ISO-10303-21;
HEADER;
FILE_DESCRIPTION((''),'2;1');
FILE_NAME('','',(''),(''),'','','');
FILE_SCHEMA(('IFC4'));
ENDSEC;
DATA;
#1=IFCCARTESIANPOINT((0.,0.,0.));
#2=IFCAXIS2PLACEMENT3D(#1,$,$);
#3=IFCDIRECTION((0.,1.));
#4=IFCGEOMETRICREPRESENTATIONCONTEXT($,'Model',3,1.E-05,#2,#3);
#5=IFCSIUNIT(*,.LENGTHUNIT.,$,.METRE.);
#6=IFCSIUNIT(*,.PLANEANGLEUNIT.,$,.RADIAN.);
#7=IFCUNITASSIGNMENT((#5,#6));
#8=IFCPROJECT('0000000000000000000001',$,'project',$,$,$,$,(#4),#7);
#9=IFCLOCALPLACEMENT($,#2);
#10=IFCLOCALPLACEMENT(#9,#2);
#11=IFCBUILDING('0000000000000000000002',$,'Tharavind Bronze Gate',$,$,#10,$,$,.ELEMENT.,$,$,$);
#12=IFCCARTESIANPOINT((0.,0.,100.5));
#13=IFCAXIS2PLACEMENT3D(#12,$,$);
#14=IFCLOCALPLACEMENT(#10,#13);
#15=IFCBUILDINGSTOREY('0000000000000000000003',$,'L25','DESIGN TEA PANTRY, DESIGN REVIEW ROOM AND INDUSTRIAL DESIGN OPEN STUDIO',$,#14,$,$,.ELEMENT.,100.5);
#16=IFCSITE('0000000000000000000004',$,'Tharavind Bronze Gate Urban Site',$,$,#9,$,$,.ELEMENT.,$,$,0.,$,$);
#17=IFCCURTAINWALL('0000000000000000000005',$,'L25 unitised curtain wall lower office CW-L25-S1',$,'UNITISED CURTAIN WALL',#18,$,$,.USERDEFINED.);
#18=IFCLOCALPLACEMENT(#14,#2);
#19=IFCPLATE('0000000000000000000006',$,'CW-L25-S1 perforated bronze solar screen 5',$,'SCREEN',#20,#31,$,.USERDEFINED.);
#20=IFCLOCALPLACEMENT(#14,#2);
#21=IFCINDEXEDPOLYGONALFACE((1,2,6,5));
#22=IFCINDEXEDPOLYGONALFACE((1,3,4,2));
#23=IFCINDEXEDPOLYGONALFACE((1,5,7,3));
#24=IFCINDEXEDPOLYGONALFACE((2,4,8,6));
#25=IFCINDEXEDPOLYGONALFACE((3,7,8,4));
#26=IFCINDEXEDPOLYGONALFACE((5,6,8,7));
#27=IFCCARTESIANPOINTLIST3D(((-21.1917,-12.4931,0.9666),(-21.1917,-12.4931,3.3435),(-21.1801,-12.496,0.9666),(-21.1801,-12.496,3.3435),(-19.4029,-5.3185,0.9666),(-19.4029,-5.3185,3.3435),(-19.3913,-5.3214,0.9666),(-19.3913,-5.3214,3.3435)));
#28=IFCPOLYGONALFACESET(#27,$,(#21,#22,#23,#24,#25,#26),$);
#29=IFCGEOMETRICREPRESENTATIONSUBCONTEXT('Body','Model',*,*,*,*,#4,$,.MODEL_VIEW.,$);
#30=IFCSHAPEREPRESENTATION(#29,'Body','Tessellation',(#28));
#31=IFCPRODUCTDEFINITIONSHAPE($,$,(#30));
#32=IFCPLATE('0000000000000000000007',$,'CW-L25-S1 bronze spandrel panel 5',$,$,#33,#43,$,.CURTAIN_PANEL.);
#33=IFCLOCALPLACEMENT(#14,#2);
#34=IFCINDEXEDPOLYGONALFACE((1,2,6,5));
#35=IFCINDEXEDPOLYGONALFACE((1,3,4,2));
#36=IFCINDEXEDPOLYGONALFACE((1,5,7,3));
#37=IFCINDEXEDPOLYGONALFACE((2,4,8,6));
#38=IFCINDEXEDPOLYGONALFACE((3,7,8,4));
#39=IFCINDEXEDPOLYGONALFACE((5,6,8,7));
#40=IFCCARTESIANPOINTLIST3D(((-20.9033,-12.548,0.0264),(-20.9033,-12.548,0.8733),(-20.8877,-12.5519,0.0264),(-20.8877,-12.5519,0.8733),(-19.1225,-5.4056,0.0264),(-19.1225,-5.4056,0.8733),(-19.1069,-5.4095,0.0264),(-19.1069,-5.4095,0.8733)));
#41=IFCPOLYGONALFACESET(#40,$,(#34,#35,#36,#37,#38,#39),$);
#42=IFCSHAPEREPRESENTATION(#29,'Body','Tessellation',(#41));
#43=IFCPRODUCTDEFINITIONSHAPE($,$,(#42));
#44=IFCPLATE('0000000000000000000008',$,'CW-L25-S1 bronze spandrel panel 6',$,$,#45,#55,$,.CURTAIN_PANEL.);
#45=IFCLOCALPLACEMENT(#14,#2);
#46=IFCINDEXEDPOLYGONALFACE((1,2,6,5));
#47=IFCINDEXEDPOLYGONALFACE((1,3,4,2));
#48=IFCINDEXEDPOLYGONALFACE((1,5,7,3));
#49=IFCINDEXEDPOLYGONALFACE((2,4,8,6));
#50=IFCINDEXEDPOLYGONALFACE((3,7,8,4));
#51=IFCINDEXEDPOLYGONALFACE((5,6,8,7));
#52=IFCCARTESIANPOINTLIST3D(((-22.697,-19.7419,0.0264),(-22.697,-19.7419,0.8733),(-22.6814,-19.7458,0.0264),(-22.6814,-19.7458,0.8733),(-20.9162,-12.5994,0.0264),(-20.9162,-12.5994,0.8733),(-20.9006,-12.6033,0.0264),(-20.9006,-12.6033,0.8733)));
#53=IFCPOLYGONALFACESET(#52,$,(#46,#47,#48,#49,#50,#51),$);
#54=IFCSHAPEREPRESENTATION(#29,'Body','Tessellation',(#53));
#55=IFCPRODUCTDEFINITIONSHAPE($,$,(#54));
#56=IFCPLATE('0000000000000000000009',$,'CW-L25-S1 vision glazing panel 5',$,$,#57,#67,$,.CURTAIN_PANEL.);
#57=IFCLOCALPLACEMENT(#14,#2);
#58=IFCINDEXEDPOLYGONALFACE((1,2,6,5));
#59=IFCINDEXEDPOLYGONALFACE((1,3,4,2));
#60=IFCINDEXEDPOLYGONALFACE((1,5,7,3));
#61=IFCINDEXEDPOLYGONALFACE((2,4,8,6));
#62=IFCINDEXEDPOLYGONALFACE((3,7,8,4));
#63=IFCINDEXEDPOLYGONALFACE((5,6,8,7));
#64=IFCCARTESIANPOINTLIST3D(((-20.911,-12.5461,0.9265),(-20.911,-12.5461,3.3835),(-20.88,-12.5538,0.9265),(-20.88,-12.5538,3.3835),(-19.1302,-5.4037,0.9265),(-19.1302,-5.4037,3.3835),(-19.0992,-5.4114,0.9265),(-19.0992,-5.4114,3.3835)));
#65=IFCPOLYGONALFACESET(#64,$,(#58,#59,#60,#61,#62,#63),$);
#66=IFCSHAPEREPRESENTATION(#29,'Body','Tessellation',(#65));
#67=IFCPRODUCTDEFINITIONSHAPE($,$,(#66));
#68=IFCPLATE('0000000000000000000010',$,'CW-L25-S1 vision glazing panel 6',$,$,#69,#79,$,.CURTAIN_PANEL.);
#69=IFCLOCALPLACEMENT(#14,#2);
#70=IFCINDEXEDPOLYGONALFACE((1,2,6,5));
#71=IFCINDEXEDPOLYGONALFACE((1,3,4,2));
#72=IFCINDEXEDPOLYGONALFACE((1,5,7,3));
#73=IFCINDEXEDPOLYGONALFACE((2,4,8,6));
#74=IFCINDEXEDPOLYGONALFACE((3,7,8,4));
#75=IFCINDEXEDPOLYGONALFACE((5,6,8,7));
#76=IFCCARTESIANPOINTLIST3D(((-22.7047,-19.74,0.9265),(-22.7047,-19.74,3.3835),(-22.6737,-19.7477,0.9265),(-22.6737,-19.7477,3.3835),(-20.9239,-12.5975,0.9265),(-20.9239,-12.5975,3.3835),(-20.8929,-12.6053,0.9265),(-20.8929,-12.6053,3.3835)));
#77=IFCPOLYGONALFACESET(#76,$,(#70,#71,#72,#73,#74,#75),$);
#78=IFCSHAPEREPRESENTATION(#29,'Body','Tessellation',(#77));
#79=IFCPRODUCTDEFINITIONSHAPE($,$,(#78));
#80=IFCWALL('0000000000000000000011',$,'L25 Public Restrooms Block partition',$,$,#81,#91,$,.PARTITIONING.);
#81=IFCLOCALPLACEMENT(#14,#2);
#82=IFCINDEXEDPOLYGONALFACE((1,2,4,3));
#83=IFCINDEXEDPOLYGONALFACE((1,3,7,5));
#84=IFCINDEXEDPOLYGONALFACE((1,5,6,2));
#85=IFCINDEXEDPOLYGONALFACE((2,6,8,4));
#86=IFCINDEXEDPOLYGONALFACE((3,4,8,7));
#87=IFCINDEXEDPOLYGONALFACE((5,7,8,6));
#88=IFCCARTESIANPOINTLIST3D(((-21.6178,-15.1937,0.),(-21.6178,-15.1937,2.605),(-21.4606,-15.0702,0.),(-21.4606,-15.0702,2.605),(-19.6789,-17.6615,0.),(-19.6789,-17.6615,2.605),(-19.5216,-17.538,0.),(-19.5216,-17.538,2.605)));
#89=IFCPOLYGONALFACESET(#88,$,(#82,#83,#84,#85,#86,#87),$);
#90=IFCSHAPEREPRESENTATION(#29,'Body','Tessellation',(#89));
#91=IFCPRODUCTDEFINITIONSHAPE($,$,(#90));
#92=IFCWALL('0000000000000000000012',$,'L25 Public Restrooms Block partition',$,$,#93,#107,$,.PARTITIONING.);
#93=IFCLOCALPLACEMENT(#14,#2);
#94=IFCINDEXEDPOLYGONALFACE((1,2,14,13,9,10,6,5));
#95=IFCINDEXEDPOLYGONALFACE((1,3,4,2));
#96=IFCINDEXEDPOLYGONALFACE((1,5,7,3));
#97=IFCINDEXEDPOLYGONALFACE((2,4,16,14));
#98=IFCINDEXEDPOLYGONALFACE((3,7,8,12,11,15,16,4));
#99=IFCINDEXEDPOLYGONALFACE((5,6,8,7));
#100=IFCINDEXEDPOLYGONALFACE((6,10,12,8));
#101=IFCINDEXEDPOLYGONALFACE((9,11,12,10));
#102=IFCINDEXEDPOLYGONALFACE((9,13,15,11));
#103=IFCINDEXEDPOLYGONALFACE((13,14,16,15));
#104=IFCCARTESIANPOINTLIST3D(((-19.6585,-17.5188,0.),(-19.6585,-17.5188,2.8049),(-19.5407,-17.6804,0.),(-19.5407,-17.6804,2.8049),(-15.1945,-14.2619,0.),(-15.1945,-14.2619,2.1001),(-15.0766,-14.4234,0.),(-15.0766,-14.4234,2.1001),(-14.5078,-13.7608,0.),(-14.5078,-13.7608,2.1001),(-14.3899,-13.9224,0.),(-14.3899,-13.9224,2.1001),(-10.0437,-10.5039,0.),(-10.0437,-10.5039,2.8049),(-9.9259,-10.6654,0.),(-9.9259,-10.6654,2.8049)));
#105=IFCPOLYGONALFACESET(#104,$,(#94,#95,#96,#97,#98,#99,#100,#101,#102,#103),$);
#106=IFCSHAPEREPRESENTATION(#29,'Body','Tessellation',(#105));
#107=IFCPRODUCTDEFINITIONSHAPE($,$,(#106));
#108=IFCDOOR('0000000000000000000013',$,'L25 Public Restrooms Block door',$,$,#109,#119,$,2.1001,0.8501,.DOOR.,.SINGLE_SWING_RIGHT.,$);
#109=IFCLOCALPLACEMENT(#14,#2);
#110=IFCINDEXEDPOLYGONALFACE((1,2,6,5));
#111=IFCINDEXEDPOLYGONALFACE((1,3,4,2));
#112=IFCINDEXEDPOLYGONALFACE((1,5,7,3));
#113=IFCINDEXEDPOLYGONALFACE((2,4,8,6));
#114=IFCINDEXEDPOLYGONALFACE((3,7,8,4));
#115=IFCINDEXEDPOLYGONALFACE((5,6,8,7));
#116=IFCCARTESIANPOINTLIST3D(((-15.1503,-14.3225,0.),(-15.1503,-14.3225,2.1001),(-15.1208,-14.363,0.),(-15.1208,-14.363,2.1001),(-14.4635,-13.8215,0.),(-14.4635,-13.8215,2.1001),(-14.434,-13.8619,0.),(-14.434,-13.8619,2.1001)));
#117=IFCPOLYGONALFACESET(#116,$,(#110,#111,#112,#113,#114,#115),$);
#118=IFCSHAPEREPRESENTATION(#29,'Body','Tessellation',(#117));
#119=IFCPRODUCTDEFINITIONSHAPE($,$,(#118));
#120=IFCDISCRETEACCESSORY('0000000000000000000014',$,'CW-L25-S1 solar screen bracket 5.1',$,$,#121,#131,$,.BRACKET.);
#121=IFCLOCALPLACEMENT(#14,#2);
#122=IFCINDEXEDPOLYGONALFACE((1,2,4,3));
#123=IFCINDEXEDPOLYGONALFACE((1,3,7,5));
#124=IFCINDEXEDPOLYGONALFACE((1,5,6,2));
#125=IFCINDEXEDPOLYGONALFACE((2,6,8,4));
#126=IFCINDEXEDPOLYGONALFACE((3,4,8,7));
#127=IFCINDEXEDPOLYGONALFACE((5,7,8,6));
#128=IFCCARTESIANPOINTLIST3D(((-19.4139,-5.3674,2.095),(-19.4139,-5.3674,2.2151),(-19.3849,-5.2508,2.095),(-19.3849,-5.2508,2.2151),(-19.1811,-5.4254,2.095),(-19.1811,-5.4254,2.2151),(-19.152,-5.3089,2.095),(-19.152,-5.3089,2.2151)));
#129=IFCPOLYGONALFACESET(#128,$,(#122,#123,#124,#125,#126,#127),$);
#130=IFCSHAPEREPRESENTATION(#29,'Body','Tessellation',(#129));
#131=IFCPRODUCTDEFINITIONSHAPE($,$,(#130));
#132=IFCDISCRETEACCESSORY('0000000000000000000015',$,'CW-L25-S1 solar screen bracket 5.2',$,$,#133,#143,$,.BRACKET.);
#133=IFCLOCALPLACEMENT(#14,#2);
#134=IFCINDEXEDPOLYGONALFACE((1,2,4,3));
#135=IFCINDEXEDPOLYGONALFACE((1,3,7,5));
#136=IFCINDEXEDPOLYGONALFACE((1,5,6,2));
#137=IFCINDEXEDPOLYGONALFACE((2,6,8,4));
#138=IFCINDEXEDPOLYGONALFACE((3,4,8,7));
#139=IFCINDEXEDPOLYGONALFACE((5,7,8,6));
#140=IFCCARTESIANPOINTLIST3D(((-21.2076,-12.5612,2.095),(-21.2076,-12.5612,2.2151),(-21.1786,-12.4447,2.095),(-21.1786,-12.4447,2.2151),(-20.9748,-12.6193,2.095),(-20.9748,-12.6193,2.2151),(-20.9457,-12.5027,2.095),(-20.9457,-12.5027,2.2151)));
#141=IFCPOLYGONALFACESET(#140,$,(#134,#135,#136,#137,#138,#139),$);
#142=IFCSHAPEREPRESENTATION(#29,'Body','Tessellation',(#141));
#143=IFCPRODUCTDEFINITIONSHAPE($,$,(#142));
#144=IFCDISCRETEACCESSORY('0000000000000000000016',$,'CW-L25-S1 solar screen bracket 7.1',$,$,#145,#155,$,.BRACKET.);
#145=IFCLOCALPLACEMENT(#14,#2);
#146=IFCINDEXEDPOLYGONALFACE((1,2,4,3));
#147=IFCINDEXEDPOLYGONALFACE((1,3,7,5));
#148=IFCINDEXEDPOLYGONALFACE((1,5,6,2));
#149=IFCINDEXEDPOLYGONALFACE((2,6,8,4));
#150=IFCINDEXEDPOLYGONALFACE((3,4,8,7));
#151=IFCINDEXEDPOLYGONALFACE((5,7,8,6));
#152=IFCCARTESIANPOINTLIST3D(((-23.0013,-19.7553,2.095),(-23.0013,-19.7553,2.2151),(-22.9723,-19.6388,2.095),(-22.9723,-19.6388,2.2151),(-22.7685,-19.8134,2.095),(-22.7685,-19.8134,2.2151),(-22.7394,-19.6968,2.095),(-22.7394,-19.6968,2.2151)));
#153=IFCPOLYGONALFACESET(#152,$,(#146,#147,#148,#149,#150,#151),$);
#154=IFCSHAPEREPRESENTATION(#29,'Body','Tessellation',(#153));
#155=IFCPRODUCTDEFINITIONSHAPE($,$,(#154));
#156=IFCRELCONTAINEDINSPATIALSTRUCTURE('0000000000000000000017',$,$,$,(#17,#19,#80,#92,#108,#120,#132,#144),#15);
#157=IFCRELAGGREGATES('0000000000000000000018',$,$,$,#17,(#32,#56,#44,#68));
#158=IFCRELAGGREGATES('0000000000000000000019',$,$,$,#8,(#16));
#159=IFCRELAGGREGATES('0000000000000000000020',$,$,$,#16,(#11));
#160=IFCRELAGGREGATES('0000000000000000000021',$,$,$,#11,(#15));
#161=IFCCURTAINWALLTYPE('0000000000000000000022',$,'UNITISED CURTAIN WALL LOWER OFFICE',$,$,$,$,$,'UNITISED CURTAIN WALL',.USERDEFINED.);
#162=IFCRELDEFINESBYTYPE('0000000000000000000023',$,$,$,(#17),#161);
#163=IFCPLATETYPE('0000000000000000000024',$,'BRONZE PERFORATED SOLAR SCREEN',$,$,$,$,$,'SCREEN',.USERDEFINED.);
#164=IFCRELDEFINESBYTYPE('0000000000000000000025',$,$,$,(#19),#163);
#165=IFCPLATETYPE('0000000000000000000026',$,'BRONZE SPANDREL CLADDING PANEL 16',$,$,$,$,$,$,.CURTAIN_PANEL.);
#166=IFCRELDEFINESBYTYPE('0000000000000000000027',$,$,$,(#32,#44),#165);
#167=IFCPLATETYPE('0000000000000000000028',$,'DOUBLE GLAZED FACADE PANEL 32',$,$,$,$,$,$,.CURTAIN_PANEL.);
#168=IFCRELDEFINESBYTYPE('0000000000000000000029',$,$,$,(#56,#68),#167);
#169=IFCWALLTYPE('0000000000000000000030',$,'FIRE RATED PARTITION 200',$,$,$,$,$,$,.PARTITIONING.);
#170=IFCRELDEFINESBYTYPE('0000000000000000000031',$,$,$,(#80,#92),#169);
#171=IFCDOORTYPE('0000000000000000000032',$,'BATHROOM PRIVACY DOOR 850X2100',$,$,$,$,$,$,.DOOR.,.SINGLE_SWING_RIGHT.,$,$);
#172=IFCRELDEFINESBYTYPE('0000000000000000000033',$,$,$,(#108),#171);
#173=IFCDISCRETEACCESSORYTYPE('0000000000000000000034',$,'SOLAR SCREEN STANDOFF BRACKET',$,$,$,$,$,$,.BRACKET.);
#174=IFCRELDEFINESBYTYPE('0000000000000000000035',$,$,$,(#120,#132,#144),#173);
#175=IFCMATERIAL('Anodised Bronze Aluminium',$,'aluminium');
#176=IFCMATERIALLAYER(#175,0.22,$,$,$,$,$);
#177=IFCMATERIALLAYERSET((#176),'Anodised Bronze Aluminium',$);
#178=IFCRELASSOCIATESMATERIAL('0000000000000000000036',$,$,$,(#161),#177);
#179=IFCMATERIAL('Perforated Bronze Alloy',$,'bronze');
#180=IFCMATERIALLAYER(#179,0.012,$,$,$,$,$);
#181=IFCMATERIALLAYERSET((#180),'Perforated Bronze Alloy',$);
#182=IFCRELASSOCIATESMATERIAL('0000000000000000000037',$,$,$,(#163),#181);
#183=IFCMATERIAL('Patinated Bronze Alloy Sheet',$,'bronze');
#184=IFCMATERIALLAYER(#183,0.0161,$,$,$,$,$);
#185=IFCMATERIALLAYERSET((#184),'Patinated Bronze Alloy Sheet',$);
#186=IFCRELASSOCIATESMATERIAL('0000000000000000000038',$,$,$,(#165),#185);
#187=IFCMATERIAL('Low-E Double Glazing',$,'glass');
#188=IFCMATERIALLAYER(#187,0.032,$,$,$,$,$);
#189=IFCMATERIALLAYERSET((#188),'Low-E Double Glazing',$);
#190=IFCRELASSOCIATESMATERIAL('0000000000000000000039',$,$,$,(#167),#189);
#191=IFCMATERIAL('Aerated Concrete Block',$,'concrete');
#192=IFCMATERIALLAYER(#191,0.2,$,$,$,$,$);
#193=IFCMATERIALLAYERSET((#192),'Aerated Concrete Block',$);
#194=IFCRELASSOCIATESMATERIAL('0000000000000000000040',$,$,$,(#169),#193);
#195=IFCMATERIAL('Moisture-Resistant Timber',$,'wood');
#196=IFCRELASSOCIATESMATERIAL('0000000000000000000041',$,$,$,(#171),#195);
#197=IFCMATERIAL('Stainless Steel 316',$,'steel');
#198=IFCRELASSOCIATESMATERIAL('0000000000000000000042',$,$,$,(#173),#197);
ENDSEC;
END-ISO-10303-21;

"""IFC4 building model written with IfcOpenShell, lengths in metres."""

from ifc_helpers import new_model, si_unit, direction, frame, frame_2d, origin, origin_2d, place, context, subcontext, project, spatial, rectangle, extrude, material, layer, layer_set, type_object, element, fill, aggregate, save


model = new_model("IFC4")

# Units and contexts
model_context = context("Model", 3, precision=1e-05, world=origin(), true_north=direction((0.0, 1.0)))
body_context = subcontext(model_context, "Body", "Model", "MODEL_VIEW")
ifc_project = project(units=[si_unit("LENGTHUNIT", "METRE"), si_unit("PLANEANGLEUNIT", "RADIAN")], contexts=[model_context])

# Site, building, storey
site_placement = place(None, origin())
site = spatial("IfcSite", under=ifc_project, at=site_placement, Name="Tharavind Bronze Gate Urban Site", CompositionType="ELEMENT", RefElevation=0.0)
building_placement = place(site_placement, origin())
building = spatial("IfcBuilding", under=site, at=building_placement, Name="Tharavind Bronze Gate", CompositionType="ELEMENT")
storey_placement = place(building_placement, frame((0.0, 0.0, 100.5)))
storey = spatial("IfcBuildingStorey", under=building, at=storey_placement, Name="L25", Description="DESIGN TEA PANTRY, DESIGN REVIEW ROOM AND INDUSTRIAL DESIGN OPEN STUDIO", CompositionType="ELEMENT", Elevation=100.5)

# Curtain wall
ifc_material_1 = material(Name="Anodised Bronze Aluminium", Category="aluminium")
ifc_layer_1 = layer(ifc_material_1, 0.22)
ifc_layer_set_1 = layer_set([ifc_layer_1], Name="Anodised Bronze Aluminium")
curtain_wall_type = type_object("IfcCurtainWallType", Name="UNITISED CURTAIN WALL LOWER OFFICE", ElementType="UNITISED CURTAIN WALL", PredefinedType="USERDEFINED", material=ifc_layer_set_1)
curtain_wall_placement = place(storey_placement, origin())
curtain_wall = element("IfcCurtainWall", 1, at=curtain_wall_placement, inside=storey, type_object=curtain_wall_type, Name="L25 unitised curtain wall lower office CW-L25-S1", ObjectType="UNITISED CURTAIN WALL", PredefinedType="USERDEFINED")

# Plates
ifc_material_2 = material(Name="Perforated Bronze Alloy", Category="bronze")
ifc_layer_2 = layer(ifc_material_2, 0.012)
ifc_layer_set_2 = layer_set([ifc_layer_2], Name="Perforated Bronze Alloy")
plate_type_1 = type_object("IfcPlateType", Name="BRONZE PERFORATED SOLAR SCREEN", ElementType="SCREEN", PredefinedType="USERDEFINED", material=ifc_layer_set_2)
plate_1_placement = place(storey_placement, frame((-20.2915, -8.9072, 0.9666), z_axis=(0.0, 0.0, 1.0), x_axis=(-0.241922, -0.970296, 0.0)))
element("IfcPlate", 2, at=plate_1_placement, inside=storey, type_object=plate_type_1, Name="CW-L25-S1 perforated bronze solar screen 5", ObjectType="SCREEN", PredefinedType="USERDEFINED", context=body_context, shape_type="SweptSolid", body=[
    extrude(rectangle(XDim=7.3943, YDim=0.012, at=origin_2d()), origin(), (0.0, 0.0, 1.0), 2.377),
])
ifc_material_3 = material(Name="Patinated Bronze Alloy Sheet", Category="bronze")
ifc_layer_3 = layer(ifc_material_3, 0.0161)
ifc_layer_set_3 = layer_set([ifc_layer_3], Name="Patinated Bronze Alloy Sheet")
plate_type_2 = type_object("IfcPlateType", Name="BRONZE SPANDREL CLADDING PANEL 16", PredefinedType="CURTAIN_PANEL", material=ifc_layer_set_3)
plate_2_placement = place(storey_placement, frame((-20.0051, -8.9788, 0.0264), z_axis=(0.0, 0.0, 1.0), x_axis=(-0.241922, -0.970296, 0.0)))
plate_2 = element("IfcPlate", 3, at=plate_2_placement, type_object=plate_type_2, Name="CW-L25-S1 bronze spandrel panel 5", PredefinedType="CURTAIN_PANEL", context=body_context, shape_type="SweptSolid", body=[
    extrude(rectangle(XDim=7.3611, YDim=0.0161, at=origin_2d()), origin(), (0.0, 0.0, 1.0), 0.8469),
])
plate_3_placement = place(storey_placement, frame((-21.7988, -16.1726, 0.0264), z_axis=(0.0, 0.0, 1.0), x_axis=(-0.241922, -0.970296, 0.0)))
plate_3 = element("IfcPlate", 4, at=plate_3_placement, type_object=plate_type_2, Name="CW-L25-S1 bronze spandrel panel 6", PredefinedType="CURTAIN_PANEL", context=body_context, shape_type="SweptSolid", body=[
    extrude(rectangle(XDim=7.3611, YDim=0.0161, at=origin_2d()), origin(), (0.0, 0.0, 1.0), 0.8469),
])
ifc_material_4 = material(Name="Low-E Double Glazing", Category="glass")
ifc_layer_4 = layer(ifc_material_4, 0.032)
ifc_layer_set_4 = layer_set([ifc_layer_4], Name="Low-E Double Glazing")
plate_type_3 = type_object("IfcPlateType", Name="DOUBLE GLAZED FACADE PANEL 32", PredefinedType="CURTAIN_PANEL", material=ifc_layer_set_4)
plate_4_placement = place(storey_placement, frame((-20.0051, -8.9788, 0.9265), z_axis=(0.0, 0.0, 1.0), x_axis=(-0.241922, -0.970296, 0.0)))
plate_4 = element("IfcPlate", 5, at=plate_4_placement, type_object=plate_type_3, Name="CW-L25-S1 vision glazing panel 5", PredefinedType="CURTAIN_PANEL", context=body_context, shape_type="SweptSolid", body=[
    extrude(rectangle(XDim=7.3611, YDim=0.032, at=origin_2d()), origin(), (0.0, 0.0, 1.0), 2.457),
])
plate_5_placement = place(storey_placement, frame((-21.7988, -16.1726, 0.9265), z_axis=(0.0, 0.0, 1.0), x_axis=(-0.241922, -0.970296, 0.0)))
plate_5 = element("IfcPlate", 6, at=plate_5_placement, type_object=plate_type_3, Name="CW-L25-S1 vision glazing panel 6", PredefinedType="CURTAIN_PANEL", context=body_context, shape_type="SweptSolid", body=[
    extrude(rectangle(XDim=7.3611, YDim=0.032, at=origin_2d()), origin(), (0.0, 0.0, 1.0), 2.457),
])
aggregate(curtain_wall, [plate_2, plate_4, plate_3, plate_5])

# Wall
ifc_material_5 = material(Name="Aerated Concrete Block", Category="concrete")
ifc_layer_5 = layer(ifc_material_5, 0.2)
ifc_layer_set_5 = layer_set([ifc_layer_5], Name="Aerated Concrete Block")
wall_type = type_object("IfcWallType", Name="FIRE RATED PARTITION 200", PredefinedType="PARTITIONING", material=ifc_layer_set_5)
wall_1_placement = place(storey_placement, frame((-21.5393, -15.1318, 0.0), z_axis=(0.0, 0.0, 1.0), x_axis=(0.617822, -0.786318, 0.0)))
element("IfcWall", 7, at=wall_1_placement, inside=storey, type_object=wall_type, Name="L25 Public Restrooms Block partition", PredefinedType="PARTITIONING", context=body_context, shape_type="SweptSolid", body=[
    extrude(rectangle(XDim=3.1384, YDim=0.2, at=frame_2d((1.5693, 0.0))), origin(), (0.0, 0.0, 1.0), 2.605),
])

# Wall, opening, door
wall_2_placement = place(storey_placement, frame((-19.5996, -17.5996, 0.0), z_axis=(0.0, 0.0, 1.0), x_axis=(0.807842, 0.589399, 0.0)))
wall_2 = element("IfcWall", 8, at=wall_2_placement, inside=storey, type_object=wall_type, Name="L25 Public Restrooms Block partition", PredefinedType="PARTITIONING", context=body_context, shape_type="SweptSolid", body=[
    extrude(rectangle(XDim=11.9019, YDim=0.2, at=frame_2d((5.9509, 0.0))), origin(), (0.0, 0.0, 1.0), 2.8049),
])
opening_placement = place(wall_2_placement, frame((5.5259, 0.0, 0.0)))
opening = element("IfcOpeningElement", 9, at=opening_placement, cuts=wall_2, PredefinedType="OPENING", context=body_context, shape_type="SweptSolid", body=[
    extrude(rectangle(XDim=0.8501, YDim=2.1001, at=frame_2d((0.425, 1.05))), frame((0.0, 0.1101, 0.0), z_axis=(0.0, -1.0, 0.0), x_axis=(1.0, 0.0, 0.0)), (0.0, 0.0, 1.0), 0.22),
])
ifc_material_6 = material(Name="Moisture-Resistant Timber", Category="wood")
door_type = type_object("IfcDoorType", Name="BATHROOM PRIVACY DOOR 850X2100", OperationType="SINGLE_SWING_RIGHT", PredefinedType="DOOR", material=ifc_material_6)
door_placement = place(opening_placement, origin())
door = element("IfcDoor", 10, at=door_placement, inside=storey, type_object=door_type, Name="L25 Public Restrooms Block door", OperationType="SINGLE_SWING_RIGHT", OverallHeight=2.1001, OverallWidth=0.8501, PredefinedType="DOOR", context=body_context, shape_type="SweptSolid", body=[
    extrude(rectangle(XDim=0.8501, YDim=2.1001, at=frame_2d((0.425, 1.05))), frame((0.0, 0.0249, 0.0), z_axis=(0.0, -1.0, 0.0), x_axis=(1.0, 0.0, 0.0)), (0.0, 0.0, 1.0), 0.05),
])
fill(opening, door)

# Discrete accessories
ifc_material_7 = material(Name="Stainless Steel 316", Category="steel")
discrete_accessory_type = type_object("IfcDiscreteAccessoryType", Name="SOLAR SCREEN STANDOFF BRACKET", PredefinedType="BRACKET", material=ifc_material_7)
for number, where, z_axis, x_axis, name in (
    (11, (-19.283, -5.3381, 2.095), (0.0, 0.0, 1.0), (-0.241922, -0.970296, 0.0), "CW-L25-S1 solar screen bracket 5.1"),
    (12, (-21.0767, -12.532, 2.095), (0.0, 0.0, 1.0), (-0.241922, -0.970296, 0.0), "CW-L25-S1 solar screen bracket 5.2"),
    (13, (-22.8704, -19.7261, 2.095), (0.0, 0.0, 1.0), (-0.241922, -0.970296, 0.0), "CW-L25-S1 solar screen bracket 7.1"),
):
    element("IfcDiscreteAccessory", number, at=place(storey_placement, frame(where, z_axis=z_axis, x_axis=x_axis)), inside=storey, type_object=discrete_accessory_type, Name=name, PredefinedType="BRACKET", context=body_context, shape_type="SweptSolid", body=[
        extrude(rectangle(XDim=0.1201, YDim=0.24, at=origin_2d()), origin(), (0.0, 0.0, 1.0), 0.1201),
    ])

save(model, "model.ifc")
